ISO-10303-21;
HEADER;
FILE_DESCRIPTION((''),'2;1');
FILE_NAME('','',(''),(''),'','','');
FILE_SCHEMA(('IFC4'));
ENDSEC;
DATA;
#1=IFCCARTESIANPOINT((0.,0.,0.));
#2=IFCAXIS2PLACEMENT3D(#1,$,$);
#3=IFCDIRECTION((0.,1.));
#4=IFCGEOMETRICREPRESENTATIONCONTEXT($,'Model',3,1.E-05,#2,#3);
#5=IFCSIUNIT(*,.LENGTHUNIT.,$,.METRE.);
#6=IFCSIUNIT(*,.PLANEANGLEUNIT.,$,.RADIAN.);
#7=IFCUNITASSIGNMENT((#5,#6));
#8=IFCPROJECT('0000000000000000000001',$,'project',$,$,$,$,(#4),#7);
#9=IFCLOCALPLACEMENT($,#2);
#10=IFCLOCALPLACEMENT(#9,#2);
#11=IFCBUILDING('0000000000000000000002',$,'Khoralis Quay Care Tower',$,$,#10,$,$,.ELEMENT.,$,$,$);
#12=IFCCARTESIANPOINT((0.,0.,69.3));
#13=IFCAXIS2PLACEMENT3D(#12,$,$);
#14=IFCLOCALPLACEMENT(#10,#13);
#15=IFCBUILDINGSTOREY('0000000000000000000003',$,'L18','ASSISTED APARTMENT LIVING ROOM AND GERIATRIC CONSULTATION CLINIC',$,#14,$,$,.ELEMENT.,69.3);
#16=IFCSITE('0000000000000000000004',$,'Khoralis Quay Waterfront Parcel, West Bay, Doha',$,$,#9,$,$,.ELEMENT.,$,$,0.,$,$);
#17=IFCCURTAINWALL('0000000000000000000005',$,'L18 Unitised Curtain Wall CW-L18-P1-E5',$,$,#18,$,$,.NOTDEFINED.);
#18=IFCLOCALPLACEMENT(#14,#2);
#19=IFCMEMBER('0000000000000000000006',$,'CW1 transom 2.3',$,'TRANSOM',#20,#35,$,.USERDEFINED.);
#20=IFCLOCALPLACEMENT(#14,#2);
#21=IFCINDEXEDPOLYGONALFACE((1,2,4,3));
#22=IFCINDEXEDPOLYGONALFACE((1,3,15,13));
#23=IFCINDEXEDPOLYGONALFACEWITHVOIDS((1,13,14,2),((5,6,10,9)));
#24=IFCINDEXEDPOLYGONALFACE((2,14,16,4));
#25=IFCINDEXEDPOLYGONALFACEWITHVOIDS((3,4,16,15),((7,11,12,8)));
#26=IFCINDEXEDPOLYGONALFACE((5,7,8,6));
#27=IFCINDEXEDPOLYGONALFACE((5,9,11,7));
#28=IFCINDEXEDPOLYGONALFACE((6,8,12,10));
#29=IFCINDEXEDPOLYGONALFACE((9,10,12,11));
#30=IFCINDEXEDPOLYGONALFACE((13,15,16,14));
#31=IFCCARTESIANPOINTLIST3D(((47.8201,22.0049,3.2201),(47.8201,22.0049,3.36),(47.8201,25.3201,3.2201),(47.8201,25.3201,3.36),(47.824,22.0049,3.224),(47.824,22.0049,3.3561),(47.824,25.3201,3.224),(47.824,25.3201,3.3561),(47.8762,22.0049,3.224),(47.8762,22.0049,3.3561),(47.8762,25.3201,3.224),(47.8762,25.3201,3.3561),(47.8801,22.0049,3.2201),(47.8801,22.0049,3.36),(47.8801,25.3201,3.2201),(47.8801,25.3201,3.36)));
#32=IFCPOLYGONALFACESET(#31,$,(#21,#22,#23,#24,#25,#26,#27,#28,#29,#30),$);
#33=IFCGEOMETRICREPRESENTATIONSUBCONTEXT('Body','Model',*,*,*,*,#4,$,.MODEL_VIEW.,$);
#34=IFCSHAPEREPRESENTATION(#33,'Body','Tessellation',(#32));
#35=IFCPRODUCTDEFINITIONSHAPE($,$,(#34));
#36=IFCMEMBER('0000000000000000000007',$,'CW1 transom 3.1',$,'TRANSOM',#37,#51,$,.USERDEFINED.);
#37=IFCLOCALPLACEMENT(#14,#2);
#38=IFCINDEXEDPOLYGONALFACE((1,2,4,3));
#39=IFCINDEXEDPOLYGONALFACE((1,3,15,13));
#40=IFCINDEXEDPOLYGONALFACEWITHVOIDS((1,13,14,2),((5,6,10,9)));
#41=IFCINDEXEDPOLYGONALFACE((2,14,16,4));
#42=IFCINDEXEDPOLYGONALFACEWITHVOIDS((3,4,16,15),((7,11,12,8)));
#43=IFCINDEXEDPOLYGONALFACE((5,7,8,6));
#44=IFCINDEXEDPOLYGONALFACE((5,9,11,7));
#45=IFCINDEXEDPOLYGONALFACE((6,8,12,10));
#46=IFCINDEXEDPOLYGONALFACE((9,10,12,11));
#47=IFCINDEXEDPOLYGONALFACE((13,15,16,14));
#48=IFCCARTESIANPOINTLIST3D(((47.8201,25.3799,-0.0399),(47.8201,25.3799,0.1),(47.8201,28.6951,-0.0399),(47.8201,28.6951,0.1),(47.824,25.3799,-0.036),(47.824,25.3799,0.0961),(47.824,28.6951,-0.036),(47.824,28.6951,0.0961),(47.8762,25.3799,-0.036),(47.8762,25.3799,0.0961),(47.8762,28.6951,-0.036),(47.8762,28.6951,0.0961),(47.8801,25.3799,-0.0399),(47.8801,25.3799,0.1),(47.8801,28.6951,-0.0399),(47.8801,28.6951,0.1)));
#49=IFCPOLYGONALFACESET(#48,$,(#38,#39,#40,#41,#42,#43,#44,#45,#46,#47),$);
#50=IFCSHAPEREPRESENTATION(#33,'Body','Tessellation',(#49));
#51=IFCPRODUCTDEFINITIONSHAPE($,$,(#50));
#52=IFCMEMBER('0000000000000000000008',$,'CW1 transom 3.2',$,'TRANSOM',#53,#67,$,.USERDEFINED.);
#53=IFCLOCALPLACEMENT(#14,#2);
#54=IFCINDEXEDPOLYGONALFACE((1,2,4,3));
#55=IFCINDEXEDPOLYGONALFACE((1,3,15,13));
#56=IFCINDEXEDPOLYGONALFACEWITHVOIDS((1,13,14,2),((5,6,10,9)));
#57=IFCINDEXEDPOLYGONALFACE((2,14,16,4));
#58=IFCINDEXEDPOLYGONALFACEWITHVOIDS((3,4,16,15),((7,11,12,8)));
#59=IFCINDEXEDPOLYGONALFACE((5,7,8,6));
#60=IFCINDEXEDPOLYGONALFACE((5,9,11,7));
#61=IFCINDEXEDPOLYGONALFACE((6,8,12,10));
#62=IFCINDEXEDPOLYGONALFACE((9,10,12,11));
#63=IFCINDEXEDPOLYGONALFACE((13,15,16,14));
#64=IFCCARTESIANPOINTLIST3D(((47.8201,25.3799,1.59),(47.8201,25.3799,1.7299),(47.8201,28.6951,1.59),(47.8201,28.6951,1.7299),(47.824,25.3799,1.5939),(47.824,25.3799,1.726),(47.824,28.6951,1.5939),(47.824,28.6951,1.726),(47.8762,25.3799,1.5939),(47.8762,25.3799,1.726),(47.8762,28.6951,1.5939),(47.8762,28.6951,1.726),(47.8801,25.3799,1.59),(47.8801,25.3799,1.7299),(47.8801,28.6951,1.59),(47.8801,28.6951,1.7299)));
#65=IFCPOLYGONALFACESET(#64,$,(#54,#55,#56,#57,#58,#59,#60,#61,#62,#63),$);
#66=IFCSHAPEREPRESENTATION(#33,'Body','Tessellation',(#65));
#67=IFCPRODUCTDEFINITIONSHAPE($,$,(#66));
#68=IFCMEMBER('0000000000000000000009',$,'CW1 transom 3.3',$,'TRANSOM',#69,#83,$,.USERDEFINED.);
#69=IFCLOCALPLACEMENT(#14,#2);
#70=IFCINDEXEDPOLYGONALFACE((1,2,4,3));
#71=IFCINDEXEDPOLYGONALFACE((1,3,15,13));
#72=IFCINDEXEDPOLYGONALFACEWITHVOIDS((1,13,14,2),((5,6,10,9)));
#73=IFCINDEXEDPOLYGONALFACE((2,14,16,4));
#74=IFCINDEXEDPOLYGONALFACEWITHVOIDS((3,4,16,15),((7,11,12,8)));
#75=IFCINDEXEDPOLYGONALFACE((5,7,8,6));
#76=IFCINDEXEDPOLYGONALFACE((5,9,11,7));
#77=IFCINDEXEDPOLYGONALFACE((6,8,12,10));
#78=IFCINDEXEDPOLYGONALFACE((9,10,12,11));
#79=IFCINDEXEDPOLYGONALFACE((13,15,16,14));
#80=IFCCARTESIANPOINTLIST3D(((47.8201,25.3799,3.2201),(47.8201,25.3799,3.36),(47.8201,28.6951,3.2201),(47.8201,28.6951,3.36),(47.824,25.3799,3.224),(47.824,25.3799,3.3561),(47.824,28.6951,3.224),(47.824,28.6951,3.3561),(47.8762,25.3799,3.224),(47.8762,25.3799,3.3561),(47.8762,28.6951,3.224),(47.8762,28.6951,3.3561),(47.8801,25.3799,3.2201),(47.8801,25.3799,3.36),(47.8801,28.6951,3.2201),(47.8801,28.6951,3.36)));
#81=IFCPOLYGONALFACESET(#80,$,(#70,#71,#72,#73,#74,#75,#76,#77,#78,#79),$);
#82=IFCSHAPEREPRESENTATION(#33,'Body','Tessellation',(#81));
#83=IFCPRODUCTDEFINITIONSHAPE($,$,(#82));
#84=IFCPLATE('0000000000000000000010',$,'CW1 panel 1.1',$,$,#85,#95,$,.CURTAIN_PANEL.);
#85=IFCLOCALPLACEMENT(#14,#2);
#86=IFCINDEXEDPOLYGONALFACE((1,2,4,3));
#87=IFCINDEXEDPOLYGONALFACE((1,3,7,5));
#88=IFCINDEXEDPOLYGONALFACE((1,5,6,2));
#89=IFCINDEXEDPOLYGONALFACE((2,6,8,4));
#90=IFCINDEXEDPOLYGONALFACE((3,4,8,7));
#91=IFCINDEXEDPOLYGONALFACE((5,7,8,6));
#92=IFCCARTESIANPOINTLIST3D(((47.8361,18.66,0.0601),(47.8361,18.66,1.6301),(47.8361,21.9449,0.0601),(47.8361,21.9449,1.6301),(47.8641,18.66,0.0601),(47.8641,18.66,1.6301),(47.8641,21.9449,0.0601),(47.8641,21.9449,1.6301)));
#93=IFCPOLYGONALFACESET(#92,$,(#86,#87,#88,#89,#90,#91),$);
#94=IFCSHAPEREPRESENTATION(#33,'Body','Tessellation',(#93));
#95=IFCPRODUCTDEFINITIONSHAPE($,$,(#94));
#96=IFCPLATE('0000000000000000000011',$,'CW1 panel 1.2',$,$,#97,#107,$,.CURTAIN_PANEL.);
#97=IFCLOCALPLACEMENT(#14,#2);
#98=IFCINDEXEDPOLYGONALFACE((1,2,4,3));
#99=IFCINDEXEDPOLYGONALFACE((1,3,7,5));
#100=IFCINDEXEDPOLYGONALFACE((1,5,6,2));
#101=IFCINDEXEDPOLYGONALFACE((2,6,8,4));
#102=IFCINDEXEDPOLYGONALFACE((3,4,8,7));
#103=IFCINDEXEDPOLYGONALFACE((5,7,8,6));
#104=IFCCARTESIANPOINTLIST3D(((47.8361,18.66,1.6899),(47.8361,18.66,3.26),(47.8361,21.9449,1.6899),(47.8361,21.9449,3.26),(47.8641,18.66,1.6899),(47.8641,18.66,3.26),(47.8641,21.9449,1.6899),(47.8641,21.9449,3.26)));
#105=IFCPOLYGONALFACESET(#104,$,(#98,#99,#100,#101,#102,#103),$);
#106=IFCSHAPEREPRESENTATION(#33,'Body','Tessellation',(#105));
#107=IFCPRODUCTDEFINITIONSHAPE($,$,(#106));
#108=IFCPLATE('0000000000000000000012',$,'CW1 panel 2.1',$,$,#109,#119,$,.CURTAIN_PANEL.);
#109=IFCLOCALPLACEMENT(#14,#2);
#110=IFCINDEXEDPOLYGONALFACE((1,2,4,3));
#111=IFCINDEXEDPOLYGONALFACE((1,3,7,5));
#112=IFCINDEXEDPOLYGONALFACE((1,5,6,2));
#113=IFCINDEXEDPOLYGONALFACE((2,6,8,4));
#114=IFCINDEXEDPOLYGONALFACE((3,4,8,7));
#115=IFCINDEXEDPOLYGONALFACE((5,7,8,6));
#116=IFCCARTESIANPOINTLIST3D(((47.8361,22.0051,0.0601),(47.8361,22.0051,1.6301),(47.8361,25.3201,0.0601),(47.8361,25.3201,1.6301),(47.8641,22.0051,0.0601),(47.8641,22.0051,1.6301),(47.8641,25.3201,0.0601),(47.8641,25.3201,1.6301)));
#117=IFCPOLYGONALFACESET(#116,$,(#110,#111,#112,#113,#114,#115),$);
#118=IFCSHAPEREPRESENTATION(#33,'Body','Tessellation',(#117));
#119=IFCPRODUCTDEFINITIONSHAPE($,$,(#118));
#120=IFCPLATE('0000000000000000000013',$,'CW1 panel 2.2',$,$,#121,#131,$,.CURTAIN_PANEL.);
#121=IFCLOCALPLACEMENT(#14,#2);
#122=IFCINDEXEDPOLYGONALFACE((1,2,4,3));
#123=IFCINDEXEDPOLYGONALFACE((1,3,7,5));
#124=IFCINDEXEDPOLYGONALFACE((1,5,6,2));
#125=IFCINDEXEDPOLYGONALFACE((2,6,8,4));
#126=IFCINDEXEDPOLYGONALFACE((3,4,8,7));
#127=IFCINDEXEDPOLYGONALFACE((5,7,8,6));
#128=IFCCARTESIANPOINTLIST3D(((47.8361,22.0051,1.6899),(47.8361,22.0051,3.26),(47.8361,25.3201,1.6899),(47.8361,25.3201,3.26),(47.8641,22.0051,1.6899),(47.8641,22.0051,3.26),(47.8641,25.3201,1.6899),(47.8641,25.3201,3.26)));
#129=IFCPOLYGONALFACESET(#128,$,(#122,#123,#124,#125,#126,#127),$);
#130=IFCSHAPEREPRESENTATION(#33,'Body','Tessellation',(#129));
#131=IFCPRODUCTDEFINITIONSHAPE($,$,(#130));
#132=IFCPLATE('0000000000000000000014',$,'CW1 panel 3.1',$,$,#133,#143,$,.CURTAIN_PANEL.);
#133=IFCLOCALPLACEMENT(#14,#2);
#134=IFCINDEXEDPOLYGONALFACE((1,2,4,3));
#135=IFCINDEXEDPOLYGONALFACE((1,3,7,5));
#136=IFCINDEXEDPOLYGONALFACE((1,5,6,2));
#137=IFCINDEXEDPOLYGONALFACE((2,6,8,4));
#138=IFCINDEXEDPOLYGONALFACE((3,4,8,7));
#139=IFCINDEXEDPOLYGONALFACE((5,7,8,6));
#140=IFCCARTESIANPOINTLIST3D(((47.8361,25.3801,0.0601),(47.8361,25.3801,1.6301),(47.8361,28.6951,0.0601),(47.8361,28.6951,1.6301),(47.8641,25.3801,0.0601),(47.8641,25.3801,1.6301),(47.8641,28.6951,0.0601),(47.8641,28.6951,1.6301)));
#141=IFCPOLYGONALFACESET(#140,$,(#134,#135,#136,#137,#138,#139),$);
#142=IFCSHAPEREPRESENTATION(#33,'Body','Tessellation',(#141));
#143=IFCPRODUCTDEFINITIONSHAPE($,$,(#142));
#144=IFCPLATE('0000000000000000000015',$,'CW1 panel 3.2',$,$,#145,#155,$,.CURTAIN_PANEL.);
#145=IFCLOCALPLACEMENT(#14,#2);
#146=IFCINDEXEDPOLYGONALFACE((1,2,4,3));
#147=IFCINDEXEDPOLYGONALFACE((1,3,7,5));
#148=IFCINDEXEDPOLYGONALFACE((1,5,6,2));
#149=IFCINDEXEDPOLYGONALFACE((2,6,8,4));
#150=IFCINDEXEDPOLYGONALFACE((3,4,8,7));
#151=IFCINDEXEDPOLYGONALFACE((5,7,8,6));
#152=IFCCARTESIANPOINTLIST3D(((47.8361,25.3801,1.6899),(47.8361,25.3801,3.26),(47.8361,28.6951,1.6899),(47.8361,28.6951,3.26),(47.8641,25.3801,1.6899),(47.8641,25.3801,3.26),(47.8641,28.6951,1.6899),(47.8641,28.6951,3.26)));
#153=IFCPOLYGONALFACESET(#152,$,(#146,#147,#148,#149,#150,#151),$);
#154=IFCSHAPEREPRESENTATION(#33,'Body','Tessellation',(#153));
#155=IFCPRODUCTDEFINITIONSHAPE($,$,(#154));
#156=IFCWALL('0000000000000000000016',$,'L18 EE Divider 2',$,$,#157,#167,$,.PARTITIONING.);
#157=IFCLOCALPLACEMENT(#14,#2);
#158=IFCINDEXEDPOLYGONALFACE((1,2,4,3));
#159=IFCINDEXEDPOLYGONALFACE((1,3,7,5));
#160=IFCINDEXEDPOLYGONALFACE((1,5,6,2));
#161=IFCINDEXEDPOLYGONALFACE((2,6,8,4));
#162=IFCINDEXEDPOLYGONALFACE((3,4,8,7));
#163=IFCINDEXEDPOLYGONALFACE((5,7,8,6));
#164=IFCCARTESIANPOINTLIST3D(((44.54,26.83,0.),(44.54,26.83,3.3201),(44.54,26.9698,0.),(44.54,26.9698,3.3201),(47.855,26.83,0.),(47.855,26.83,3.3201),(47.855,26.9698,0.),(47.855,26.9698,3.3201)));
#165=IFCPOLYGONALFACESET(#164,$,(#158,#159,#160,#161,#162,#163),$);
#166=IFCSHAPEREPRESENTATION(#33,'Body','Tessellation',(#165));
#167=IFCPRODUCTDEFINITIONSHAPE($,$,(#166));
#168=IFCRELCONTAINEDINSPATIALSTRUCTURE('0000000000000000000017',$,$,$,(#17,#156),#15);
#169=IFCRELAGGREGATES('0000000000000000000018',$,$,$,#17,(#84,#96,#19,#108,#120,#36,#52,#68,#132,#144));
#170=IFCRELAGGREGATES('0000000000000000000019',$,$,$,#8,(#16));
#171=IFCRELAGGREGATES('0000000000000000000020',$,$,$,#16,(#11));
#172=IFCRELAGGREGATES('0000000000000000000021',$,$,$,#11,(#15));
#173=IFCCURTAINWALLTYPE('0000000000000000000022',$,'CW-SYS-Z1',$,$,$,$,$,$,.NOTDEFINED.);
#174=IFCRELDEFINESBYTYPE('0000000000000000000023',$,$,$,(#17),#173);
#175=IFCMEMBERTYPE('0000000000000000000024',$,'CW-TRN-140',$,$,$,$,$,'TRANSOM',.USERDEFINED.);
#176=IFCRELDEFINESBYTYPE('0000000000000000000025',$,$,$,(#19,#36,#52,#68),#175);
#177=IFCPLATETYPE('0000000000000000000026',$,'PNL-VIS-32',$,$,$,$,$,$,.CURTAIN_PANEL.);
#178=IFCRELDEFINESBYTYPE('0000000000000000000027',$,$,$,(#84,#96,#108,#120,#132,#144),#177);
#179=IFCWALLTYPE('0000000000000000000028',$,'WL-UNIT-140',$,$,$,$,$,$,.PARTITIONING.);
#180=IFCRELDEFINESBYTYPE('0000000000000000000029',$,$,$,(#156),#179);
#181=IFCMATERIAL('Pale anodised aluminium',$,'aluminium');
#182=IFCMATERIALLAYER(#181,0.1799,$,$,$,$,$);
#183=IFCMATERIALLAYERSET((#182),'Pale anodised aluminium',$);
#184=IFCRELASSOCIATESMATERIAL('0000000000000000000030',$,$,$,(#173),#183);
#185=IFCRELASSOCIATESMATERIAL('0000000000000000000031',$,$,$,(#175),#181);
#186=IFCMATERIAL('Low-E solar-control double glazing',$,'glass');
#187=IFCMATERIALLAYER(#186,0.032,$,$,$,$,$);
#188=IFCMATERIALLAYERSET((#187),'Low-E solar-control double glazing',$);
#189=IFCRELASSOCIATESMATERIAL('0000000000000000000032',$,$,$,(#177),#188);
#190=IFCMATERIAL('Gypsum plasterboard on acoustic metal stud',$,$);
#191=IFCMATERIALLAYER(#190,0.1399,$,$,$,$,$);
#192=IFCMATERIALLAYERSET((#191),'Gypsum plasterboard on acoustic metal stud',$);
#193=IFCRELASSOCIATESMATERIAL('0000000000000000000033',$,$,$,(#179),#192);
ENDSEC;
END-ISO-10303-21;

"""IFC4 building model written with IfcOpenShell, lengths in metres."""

from ifc_helpers import new_model, si_unit, direction, frame, frame_2d, origin, origin_2d, place, context, subcontext, project, spatial, rectangle, hollow_rectangle, extrude, source, transform, mapped, material, layer, layer_set, material_profile, profile_set, type_object, element, aggregate, save


model = new_model("IFC4")

# Units and contexts
model_context = context("Model", 3, precision=1e-05, world=origin(), true_north=direction((0.0, 1.0)))
body_context = subcontext(model_context, "Body", "Model", "MODEL_VIEW")
ifc_project = project(units=[si_unit("LENGTHUNIT", "METRE"), si_unit("PLANEANGLEUNIT", "RADIAN")], contexts=[model_context])

# Site, building, storey
site_placement = place(None, origin())
site = spatial("IfcSite", under=ifc_project, at=site_placement, Name="Khoralis Quay Waterfront Parcel, West Bay, Doha", CompositionType="ELEMENT", RefElevation=0.0)
building_placement = place(site_placement, origin())
building = spatial("IfcBuilding", under=site, at=building_placement, Name="Khoralis Quay Care Tower", CompositionType="ELEMENT")
storey_placement = place(building_placement, frame((0.0, 0.0, 69.3)))
storey = spatial("IfcBuildingStorey", under=building, at=storey_placement, Name="L18", Description="ASSISTED APARTMENT LIVING ROOM AND GERIATRIC CONSULTATION CLINIC", CompositionType="ELEMENT", Elevation=69.3)

# Curtain wall, members, plates
ifc_material_1 = material(Name="Pale anodised aluminium", Category="aluminium")
ifc_layer_1 = layer(ifc_material_1, 0.1799)
ifc_layer_set_1 = layer_set([ifc_layer_1], Name="Pale anodised aluminium")
curtain_wall_type = type_object("IfcCurtainWallType", Name="CW-SYS-Z1", PredefinedType="NOTDEFINED", material=ifc_layer_set_1)
curtain_wall_placement = place(storey_placement, origin())
curtain_wall = element("IfcCurtainWall", 1, at=curtain_wall_placement, inside=storey, type_object=curtain_wall_type, Name="L18 Unitised Curtain Wall CW-L18-P1-E5", PredefinedType="NOTDEFINED")
ifc_material_profile_1 = material_profile(ifc_material_1, hollow_rectangle(XDim=0.0601, YDim=0.1399, WallThickness=0.0039, at=origin_2d()), Name="Pale anodised aluminium")
ifc_profile_set_1 = profile_set([ifc_material_profile_1], Name="Pale anodised aluminium")
member_type_1 = type_object("IfcMemberType", Name="CW-TRN-140", ElementType="TRANSOM", PredefinedType="USERDEFINED", material=ifc_profile_set_1)
shared_shape_1 = source(origin(), body_context, "Body", "SweptSolid", [
    extrude(hollow_rectangle(XDim=0.0601, YDim=0.1399, WallThickness=0.0039, at=origin_2d()), origin(), (0.0, 0.0, 1.0), 3.3152),
])
member_1_placement = place(storey_placement, frame((47.8501, 22.0049, 3.29), z_axis=(0.0, 1.0, 0.0), x_axis=(-1.0, 0.0, 0.0)))
member_1 = element("IfcMember", 2, at=member_1_placement, type_object=member_type_1, Name="CW1 transom 2.3", ObjectType="TRANSOM", PredefinedType="USERDEFINED", context=body_context, shape_type="MappedRepresentation", body=[
    mapped(shared_shape_1, transform((0.0, 0.0, 0.0), scale=1.0)),
])
member_2_placement = place(storey_placement, frame((47.8501, 25.3799, 0.03), z_axis=(0.0, 1.0, 0.0), x_axis=(-1.0, 0.0, 0.0)))
member_2 = element("IfcMember", 3, at=member_2_placement, type_object=member_type_1, Name="CW1 transom 3.1", ObjectType="TRANSOM", PredefinedType="USERDEFINED", context=body_context, shape_type="MappedRepresentation", body=[
    mapped(shared_shape_1, transform((0.0, 0.0, 0.0), scale=1.0)),
])
member_3_placement = place(storey_placement, frame((47.8501, 25.3799, 1.6599), z_axis=(0.0, 1.0, 0.0), x_axis=(-1.0, 0.0, 0.0)))
member_3 = element("IfcMember", 4, at=member_3_placement, type_object=member_type_1, Name="CW1 transom 3.2", ObjectType="TRANSOM", PredefinedType="USERDEFINED", context=body_context, shape_type="MappedRepresentation", body=[
    mapped(shared_shape_1, transform((0.0, 0.0, 0.0), scale=1.0)),
])
member_4_placement = place(storey_placement, frame((47.8501, 25.3799, 3.29), z_axis=(0.0, 1.0, 0.0), x_axis=(-1.0, 0.0, 0.0)))
member_4 = element("IfcMember", 5, at=member_4_placement, type_object=member_type_1, Name="CW1 transom 3.3", ObjectType="TRANSOM", PredefinedType="USERDEFINED", context=body_context, shape_type="MappedRepresentation", body=[
    mapped(shared_shape_1, transform((0.0, 0.0, 0.0), scale=1.0)),
])
ifc_material_2 = material(Name="Low-E solar-control double glazing", Category="glass")
ifc_layer_2 = layer(ifc_material_2, 0.032)
ifc_layer_set_2 = layer_set([ifc_layer_2], Name="Low-E solar-control double glazing")
plate_type = type_object("IfcPlateType", Name="PNL-VIS-32", PredefinedType="CURTAIN_PANEL", material=ifc_layer_set_2)
shared_shape_2 = source(origin(), body_context, "Body", "SweptSolid", [
    extrude(rectangle(XDim=3.2849, YDim=0.0281, at=origin_2d()), origin(), (0.0, 0.0, 1.0), 1.5701),
])
plate_1_placement = place(storey_placement, frame((47.8501, 20.3025, 0.0601), z_axis=(0.0, 0.0, 1.0), x_axis=(0.0, 1.0, 0.0)))
plate_1 = element("IfcPlate", 6, at=plate_1_placement, type_object=plate_type, Name="CW1 panel 1.1", PredefinedType="CURTAIN_PANEL", context=body_context, shape_type="MappedRepresentation", body=[
    mapped(shared_shape_2, transform((0.0, 0.0, 0.0), scale=1.0)),
])
plate_2_placement = place(storey_placement, frame((47.8501, 20.3025, 1.6899), z_axis=(0.0, 0.0, 1.0), x_axis=(0.0, 1.0, 0.0)))
plate_2 = element("IfcPlate", 7, at=plate_2_placement, type_object=plate_type, Name="CW1 panel 1.2", PredefinedType="CURTAIN_PANEL", context=body_context, shape_type="MappedRepresentation", body=[
    mapped(shared_shape_2, transform((0.0, 0.0, 0.0), scale=1.0)),
])
shared_shape_3 = source(origin(), body_context, "Body", "SweptSolid", [
    extrude(rectangle(XDim=3.3149, YDim=0.0281, at=origin_2d()), origin(), (0.0, 0.0, 1.0), 1.5701),
])
plate_3_placement = place(storey_placement, frame((47.8501, 23.6626, 0.0601), z_axis=(0.0, 0.0, 1.0), x_axis=(0.0, 1.0, 0.0)))
plate_3 = element("IfcPlate", 8, at=plate_3_placement, type_object=plate_type, Name="CW1 panel 2.1", PredefinedType="CURTAIN_PANEL", context=body_context, shape_type="MappedRepresentation", body=[
    mapped(shared_shape_3, transform((0.0, 0.0, 0.0), scale=1.0)),
])
plate_4_placement = place(storey_placement, frame((47.8501, 23.6626, 1.6899), z_axis=(0.0, 0.0, 1.0), x_axis=(0.0, 1.0, 0.0)))
plate_4 = element("IfcPlate", 9, at=plate_4_placement, type_object=plate_type, Name="CW1 panel 2.2", PredefinedType="CURTAIN_PANEL", context=body_context, shape_type="MappedRepresentation", body=[
    mapped(shared_shape_3, transform((0.0, 0.0, 0.0), scale=1.0)),
])
plate_5_placement = place(storey_placement, frame((47.8501, 27.0376, 0.0601), z_axis=(0.0, 0.0, 1.0), x_axis=(0.0, 1.0, 0.0)))
plate_5 = element("IfcPlate", 10, at=plate_5_placement, type_object=plate_type, Name="CW1 panel 3.1", PredefinedType="CURTAIN_PANEL", context=body_context, shape_type="MappedRepresentation", body=[
    mapped(shared_shape_3, transform((0.0, 0.0, 0.0), scale=1.0)),
])
plate_6_placement = place(storey_placement, frame((47.8501, 27.0376, 1.6899), z_axis=(0.0, 0.0, 1.0), x_axis=(0.0, 1.0, 0.0)))
plate_6 = element("IfcPlate", 11, at=plate_6_placement, type_object=plate_type, Name="CW1 panel 3.2", PredefinedType="CURTAIN_PANEL", context=body_context, shape_type="MappedRepresentation", body=[
    mapped(shared_shape_3, transform((0.0, 0.0, 0.0), scale=1.0)),
])
aggregate(curtain_wall, [plate_1, plate_2, member_1, plate_3, plate_4, member_2, member_3, member_4, plate_5, plate_6])

# Wall
ifc_material_3 = material(Name="Gypsum plasterboard on acoustic metal stud")
ifc_layer_3 = layer(ifc_material_3, 0.1399)
ifc_layer_set_3 = layer_set([ifc_layer_3], Name="Gypsum plasterboard on acoustic metal stud")
wall_type = type_object("IfcWallType", Name="WL-UNIT-140", PredefinedType="PARTITIONING", material=ifc_layer_set_3)
wall_placement = place(storey_placement, frame((44.54, 26.8999, 0.0), z_axis=(0.0, 0.0, 1.0), x_axis=(1.0, 0.0, 0.0)))
element("IfcWall", 12, at=wall_placement, inside=storey, type_object=wall_type, Name="L18 EE Divider 2", PredefinedType="PARTITIONING", context=body_context, shape_type="SweptSolid", body=[
    extrude(rectangle(XDim=3.3149, YDim=0.1399, at=frame_2d((1.6575, 0.0))), origin(), (0.0, 0.0, 1.0), 3.3201),
])

save(model, "model.ifc")
